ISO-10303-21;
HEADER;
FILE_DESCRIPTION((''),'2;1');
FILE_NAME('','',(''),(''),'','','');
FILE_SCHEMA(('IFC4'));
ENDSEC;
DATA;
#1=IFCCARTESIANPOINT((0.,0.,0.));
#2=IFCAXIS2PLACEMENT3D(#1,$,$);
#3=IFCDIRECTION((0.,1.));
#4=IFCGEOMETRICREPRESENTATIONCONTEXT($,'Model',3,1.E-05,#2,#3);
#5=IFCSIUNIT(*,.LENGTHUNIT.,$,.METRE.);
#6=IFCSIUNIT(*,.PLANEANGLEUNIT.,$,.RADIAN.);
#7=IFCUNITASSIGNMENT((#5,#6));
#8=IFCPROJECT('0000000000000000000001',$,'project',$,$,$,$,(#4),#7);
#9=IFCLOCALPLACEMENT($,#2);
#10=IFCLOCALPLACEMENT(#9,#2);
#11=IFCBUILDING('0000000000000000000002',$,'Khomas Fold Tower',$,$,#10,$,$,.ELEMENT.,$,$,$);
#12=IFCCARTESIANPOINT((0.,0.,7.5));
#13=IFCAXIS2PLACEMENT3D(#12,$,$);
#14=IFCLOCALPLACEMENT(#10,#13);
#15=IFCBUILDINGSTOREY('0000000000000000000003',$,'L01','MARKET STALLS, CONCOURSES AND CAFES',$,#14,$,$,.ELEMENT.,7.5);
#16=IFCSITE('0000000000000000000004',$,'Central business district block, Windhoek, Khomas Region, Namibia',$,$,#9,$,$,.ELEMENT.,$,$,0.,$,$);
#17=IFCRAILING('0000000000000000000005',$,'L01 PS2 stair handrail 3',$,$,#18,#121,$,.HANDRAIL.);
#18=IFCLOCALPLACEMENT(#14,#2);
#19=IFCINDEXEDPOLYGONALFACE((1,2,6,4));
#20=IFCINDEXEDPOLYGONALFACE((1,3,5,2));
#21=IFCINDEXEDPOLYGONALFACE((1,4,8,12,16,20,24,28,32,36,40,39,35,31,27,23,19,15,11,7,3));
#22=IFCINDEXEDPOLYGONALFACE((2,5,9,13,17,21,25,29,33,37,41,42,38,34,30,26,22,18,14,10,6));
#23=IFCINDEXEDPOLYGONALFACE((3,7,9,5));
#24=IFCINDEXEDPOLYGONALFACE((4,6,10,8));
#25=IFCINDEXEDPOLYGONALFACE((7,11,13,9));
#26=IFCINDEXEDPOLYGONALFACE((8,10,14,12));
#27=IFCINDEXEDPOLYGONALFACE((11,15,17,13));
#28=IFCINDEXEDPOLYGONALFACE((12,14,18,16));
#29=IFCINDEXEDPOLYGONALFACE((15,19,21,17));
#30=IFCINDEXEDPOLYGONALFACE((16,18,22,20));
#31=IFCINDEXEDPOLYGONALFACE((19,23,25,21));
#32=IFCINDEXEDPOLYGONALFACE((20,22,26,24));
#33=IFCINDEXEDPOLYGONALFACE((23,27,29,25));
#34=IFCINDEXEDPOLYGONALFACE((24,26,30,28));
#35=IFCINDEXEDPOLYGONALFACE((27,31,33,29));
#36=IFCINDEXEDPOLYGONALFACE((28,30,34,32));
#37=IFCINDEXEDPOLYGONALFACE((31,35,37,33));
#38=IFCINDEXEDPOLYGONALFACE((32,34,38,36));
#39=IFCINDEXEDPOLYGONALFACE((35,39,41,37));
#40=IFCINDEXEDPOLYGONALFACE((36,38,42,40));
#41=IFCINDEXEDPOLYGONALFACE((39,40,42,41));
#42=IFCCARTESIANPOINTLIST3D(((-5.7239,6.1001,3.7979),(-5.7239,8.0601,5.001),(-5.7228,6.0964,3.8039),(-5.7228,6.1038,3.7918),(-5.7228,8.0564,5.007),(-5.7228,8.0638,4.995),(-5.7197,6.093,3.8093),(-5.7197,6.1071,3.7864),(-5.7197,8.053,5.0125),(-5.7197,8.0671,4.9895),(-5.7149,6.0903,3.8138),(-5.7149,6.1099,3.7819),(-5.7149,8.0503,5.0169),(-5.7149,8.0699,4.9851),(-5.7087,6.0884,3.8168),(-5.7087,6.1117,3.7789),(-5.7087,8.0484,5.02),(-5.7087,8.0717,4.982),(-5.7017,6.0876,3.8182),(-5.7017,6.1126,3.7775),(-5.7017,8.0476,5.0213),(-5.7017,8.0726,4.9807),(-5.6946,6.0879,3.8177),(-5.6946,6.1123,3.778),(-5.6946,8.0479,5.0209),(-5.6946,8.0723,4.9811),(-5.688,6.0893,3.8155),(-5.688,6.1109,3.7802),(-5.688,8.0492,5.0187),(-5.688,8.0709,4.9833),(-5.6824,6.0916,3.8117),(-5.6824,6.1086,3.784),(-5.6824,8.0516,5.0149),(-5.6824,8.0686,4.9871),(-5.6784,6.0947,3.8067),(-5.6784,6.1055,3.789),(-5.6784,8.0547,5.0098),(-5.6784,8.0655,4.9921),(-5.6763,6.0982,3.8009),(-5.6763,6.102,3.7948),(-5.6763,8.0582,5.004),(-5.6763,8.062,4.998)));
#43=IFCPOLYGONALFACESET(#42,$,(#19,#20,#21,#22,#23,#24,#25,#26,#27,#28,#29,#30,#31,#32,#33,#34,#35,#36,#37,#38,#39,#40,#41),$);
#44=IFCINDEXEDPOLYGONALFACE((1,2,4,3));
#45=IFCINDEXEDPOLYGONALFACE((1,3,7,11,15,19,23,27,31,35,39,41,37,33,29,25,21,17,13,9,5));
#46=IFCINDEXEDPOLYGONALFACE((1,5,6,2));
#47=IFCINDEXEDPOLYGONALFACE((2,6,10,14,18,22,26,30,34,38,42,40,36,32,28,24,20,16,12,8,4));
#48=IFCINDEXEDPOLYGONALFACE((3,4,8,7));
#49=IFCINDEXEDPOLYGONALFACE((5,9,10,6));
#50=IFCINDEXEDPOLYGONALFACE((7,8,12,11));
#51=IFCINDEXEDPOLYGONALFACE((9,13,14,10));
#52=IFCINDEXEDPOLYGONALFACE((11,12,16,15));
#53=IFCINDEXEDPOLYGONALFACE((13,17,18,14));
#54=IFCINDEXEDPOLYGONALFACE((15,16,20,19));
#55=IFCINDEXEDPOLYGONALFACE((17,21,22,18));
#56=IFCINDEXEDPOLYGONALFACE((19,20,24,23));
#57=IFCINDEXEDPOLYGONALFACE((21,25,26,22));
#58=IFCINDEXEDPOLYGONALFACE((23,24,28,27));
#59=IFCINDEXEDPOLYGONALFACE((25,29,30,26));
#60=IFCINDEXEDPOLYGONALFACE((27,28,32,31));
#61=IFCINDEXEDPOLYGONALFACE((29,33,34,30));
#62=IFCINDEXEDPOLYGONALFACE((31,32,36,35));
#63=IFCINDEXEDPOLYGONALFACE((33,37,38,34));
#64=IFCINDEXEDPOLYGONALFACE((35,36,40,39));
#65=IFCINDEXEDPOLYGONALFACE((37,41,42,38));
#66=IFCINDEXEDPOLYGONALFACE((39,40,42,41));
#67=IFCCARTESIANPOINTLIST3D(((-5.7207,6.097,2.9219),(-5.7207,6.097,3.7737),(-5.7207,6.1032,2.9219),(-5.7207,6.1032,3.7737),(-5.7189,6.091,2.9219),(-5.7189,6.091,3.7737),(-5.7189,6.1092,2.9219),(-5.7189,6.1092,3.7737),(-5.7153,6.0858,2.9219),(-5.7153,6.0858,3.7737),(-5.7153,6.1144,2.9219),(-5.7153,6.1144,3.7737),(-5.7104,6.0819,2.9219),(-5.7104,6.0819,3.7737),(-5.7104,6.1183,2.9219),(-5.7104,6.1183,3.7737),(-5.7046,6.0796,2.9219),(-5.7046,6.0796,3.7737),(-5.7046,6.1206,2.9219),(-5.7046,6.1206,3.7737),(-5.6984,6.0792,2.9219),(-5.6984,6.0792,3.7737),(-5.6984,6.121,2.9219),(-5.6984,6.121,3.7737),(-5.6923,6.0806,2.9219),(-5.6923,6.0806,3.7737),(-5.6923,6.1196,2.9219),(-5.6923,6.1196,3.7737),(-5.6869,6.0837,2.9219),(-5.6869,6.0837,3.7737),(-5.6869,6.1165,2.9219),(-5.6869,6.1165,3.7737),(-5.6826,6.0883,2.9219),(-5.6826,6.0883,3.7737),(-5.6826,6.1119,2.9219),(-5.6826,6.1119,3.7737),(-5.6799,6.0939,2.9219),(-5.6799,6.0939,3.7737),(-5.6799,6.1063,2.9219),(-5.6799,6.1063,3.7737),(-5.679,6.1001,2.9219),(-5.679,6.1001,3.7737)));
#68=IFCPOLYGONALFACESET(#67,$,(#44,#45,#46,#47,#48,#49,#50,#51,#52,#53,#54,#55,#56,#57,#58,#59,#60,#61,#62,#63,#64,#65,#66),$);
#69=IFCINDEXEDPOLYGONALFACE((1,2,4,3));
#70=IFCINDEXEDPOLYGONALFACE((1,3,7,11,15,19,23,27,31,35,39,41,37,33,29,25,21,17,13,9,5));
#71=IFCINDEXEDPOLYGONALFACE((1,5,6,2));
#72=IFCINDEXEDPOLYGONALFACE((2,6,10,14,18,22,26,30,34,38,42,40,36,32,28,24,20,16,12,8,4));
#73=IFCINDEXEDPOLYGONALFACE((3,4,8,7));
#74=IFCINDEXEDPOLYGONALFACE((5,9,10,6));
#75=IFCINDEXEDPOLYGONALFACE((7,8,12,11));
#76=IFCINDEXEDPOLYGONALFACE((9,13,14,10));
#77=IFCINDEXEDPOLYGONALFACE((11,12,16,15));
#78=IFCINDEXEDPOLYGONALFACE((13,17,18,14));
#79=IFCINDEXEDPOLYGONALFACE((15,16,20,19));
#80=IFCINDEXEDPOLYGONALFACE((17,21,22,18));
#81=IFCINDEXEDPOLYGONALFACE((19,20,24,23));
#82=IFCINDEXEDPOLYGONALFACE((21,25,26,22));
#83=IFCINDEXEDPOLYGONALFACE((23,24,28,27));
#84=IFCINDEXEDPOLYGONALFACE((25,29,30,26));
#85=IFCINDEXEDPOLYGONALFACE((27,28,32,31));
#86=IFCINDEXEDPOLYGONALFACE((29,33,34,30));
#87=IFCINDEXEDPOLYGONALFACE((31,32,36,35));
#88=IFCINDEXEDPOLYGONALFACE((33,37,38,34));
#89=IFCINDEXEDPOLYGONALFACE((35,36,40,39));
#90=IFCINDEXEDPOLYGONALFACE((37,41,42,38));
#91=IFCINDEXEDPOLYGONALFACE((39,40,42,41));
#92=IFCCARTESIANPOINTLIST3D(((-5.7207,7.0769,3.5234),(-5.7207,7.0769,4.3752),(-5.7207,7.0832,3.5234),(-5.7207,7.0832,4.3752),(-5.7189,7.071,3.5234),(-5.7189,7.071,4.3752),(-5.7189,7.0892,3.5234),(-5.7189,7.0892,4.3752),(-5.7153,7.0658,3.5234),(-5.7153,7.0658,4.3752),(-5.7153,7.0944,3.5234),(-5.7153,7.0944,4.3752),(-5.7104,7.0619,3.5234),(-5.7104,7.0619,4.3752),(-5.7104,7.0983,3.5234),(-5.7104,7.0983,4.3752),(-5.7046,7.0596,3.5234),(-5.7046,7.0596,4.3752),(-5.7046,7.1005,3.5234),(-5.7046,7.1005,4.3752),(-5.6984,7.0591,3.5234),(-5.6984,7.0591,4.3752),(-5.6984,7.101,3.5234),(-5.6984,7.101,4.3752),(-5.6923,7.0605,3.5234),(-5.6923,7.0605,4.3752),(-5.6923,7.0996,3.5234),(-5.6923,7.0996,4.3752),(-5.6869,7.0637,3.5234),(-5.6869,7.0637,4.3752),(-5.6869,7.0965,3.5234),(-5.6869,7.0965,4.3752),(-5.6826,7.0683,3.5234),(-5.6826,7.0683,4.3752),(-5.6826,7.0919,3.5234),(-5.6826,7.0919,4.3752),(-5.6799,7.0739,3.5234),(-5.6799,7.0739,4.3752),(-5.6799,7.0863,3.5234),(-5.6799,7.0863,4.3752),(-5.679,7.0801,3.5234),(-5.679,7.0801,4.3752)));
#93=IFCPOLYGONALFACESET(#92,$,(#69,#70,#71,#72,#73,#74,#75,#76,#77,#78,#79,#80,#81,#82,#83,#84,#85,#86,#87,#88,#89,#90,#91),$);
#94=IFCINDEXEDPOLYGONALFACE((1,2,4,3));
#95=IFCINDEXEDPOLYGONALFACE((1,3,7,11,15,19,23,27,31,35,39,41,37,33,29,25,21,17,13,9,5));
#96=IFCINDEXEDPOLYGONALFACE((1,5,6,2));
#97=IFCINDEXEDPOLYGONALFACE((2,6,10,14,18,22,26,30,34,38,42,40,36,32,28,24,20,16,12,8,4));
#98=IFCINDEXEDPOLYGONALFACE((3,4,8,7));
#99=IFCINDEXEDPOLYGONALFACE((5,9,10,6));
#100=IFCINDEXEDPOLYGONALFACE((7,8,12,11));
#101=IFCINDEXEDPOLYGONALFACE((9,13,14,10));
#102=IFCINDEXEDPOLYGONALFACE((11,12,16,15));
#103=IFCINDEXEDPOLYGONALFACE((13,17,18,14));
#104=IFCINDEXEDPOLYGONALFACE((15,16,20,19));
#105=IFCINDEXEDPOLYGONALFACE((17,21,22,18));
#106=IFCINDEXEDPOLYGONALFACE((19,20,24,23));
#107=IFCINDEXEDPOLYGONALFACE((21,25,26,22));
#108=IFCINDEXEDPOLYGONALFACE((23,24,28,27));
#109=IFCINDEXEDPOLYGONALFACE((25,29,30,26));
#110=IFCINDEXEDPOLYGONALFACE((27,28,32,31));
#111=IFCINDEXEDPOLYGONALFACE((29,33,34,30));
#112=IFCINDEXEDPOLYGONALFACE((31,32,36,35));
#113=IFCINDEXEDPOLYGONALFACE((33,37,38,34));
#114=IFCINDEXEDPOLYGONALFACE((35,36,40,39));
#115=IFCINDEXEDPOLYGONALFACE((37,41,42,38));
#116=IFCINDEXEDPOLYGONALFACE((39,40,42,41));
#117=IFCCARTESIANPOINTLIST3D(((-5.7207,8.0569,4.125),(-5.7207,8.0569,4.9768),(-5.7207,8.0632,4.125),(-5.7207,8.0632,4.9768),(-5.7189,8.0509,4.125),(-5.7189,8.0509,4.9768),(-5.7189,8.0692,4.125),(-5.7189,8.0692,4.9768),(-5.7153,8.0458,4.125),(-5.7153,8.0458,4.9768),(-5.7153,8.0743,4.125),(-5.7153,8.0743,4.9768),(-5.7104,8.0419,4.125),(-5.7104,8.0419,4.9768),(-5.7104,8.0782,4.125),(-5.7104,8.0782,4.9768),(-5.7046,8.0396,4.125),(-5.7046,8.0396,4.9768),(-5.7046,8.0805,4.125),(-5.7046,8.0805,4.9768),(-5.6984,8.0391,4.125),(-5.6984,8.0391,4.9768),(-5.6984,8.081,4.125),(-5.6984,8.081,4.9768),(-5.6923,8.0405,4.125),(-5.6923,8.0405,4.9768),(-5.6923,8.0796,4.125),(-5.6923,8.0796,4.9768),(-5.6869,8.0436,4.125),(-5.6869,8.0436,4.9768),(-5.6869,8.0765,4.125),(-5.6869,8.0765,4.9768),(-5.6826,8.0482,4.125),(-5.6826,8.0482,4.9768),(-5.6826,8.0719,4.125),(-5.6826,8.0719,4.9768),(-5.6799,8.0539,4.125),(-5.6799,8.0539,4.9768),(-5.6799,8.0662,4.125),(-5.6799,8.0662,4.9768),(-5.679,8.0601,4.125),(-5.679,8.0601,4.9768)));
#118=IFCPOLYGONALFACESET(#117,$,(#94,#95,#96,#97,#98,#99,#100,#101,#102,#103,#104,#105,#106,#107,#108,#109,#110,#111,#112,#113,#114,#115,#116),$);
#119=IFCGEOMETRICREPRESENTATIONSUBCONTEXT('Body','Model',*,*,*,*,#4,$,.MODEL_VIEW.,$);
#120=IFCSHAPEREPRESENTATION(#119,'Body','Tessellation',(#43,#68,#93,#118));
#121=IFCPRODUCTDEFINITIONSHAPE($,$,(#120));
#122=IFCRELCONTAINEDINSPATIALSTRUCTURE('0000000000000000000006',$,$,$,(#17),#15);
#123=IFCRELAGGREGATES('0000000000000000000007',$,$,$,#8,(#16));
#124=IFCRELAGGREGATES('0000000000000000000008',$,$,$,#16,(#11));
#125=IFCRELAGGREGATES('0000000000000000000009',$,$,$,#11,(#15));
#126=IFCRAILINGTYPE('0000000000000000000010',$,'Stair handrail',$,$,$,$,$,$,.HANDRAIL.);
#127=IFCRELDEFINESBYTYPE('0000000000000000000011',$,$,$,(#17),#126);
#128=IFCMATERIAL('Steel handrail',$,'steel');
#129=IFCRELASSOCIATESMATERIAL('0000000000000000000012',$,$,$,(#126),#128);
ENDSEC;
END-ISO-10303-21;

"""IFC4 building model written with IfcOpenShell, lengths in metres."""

from ifc_helpers import new_model, si_unit, direction, frame, origin, origin_2d, place, context, subcontext, project, spatial, circle, extrude, source, transform, mapped, material, type_object, element, save


model = new_model("IFC4")

# Units and contexts
model_context = context("Model", 3, precision=1e-05, world=origin(), true_north=direction((0.0, 1.0)))
body_context = subcontext(model_context, "Body", "Model", "MODEL_VIEW")
ifc_project = project(units=[si_unit("LENGTHUNIT", "METRE"), si_unit("PLANEANGLEUNIT", "RADIAN")], contexts=[model_context])

# Site, building, storey
site_placement = place(None, origin())
site = spatial("IfcSite", under=ifc_project, at=site_placement, Name="Central business district block, Windhoek, Khomas Region, Namibia", CompositionType="ELEMENT", RefElevation=0.0)
building_placement = place(site_placement, origin())
building = spatial("IfcBuilding", under=site, at=building_placement, Name="Khomas Fold Tower", CompositionType="ELEMENT")
storey_placement = place(building_placement, frame((0.0, 0.0, 7.5)))
storey = spatial("IfcBuildingStorey", under=building, at=storey_placement, Name="L01", Description="MARKET STALLS, CONCOURSES AND CAFES", CompositionType="ELEMENT", Elevation=7.5)

# Railing
ifc_material_1 = material(Name="Steel handrail", Category="steel")
railing_type_1 = type_object("IfcRailingType", Name="Stair handrail", PredefinedType="HANDRAIL", material=ifc_material_1)
shared_shape_1 = source(origin(), body_context, "Body", "SweptSolid", [
    extrude(circle(Radius=0.0239, at=origin_2d()), frame((0.0, 0.0, 0.876), z_axis=(0.0, 0.852241, 0.523149), x_axis=(-1.0, 0.0, 0.0)), (0.0, 0.0, 1.0), 2.2998),
    extrude(circle(Radius=0.021, at=origin_2d()), origin(), (0.0, 0.0, 1.0), 0.8518),
    extrude(circle(Radius=0.021, at=origin_2d()), frame((0.0, 0.98, 0.6016)), (0.0, 0.0, 1.0), 0.8518),
    extrude(circle(Radius=0.021, at=origin_2d()), frame((0.0, 1.96, 1.2031)), (0.0, 0.0, 1.0), 0.8518),
])
for number, where, name in (
    (1, (-5.7, 6.1001, 2.9219), "L01 PS2 stair handrail 3"),
):
    element("IfcRailing", number, at=place(storey_placement, frame(where)), inside=storey, type_object=railing_type_1, Name=name, PredefinedType="HANDRAIL", context=body_context, shape_type="MappedRepresentation", body=[
        mapped(shared_shape_1, transform((0.0, 0.0, 0.0))),
    ])

save(model, "model.ifc")
